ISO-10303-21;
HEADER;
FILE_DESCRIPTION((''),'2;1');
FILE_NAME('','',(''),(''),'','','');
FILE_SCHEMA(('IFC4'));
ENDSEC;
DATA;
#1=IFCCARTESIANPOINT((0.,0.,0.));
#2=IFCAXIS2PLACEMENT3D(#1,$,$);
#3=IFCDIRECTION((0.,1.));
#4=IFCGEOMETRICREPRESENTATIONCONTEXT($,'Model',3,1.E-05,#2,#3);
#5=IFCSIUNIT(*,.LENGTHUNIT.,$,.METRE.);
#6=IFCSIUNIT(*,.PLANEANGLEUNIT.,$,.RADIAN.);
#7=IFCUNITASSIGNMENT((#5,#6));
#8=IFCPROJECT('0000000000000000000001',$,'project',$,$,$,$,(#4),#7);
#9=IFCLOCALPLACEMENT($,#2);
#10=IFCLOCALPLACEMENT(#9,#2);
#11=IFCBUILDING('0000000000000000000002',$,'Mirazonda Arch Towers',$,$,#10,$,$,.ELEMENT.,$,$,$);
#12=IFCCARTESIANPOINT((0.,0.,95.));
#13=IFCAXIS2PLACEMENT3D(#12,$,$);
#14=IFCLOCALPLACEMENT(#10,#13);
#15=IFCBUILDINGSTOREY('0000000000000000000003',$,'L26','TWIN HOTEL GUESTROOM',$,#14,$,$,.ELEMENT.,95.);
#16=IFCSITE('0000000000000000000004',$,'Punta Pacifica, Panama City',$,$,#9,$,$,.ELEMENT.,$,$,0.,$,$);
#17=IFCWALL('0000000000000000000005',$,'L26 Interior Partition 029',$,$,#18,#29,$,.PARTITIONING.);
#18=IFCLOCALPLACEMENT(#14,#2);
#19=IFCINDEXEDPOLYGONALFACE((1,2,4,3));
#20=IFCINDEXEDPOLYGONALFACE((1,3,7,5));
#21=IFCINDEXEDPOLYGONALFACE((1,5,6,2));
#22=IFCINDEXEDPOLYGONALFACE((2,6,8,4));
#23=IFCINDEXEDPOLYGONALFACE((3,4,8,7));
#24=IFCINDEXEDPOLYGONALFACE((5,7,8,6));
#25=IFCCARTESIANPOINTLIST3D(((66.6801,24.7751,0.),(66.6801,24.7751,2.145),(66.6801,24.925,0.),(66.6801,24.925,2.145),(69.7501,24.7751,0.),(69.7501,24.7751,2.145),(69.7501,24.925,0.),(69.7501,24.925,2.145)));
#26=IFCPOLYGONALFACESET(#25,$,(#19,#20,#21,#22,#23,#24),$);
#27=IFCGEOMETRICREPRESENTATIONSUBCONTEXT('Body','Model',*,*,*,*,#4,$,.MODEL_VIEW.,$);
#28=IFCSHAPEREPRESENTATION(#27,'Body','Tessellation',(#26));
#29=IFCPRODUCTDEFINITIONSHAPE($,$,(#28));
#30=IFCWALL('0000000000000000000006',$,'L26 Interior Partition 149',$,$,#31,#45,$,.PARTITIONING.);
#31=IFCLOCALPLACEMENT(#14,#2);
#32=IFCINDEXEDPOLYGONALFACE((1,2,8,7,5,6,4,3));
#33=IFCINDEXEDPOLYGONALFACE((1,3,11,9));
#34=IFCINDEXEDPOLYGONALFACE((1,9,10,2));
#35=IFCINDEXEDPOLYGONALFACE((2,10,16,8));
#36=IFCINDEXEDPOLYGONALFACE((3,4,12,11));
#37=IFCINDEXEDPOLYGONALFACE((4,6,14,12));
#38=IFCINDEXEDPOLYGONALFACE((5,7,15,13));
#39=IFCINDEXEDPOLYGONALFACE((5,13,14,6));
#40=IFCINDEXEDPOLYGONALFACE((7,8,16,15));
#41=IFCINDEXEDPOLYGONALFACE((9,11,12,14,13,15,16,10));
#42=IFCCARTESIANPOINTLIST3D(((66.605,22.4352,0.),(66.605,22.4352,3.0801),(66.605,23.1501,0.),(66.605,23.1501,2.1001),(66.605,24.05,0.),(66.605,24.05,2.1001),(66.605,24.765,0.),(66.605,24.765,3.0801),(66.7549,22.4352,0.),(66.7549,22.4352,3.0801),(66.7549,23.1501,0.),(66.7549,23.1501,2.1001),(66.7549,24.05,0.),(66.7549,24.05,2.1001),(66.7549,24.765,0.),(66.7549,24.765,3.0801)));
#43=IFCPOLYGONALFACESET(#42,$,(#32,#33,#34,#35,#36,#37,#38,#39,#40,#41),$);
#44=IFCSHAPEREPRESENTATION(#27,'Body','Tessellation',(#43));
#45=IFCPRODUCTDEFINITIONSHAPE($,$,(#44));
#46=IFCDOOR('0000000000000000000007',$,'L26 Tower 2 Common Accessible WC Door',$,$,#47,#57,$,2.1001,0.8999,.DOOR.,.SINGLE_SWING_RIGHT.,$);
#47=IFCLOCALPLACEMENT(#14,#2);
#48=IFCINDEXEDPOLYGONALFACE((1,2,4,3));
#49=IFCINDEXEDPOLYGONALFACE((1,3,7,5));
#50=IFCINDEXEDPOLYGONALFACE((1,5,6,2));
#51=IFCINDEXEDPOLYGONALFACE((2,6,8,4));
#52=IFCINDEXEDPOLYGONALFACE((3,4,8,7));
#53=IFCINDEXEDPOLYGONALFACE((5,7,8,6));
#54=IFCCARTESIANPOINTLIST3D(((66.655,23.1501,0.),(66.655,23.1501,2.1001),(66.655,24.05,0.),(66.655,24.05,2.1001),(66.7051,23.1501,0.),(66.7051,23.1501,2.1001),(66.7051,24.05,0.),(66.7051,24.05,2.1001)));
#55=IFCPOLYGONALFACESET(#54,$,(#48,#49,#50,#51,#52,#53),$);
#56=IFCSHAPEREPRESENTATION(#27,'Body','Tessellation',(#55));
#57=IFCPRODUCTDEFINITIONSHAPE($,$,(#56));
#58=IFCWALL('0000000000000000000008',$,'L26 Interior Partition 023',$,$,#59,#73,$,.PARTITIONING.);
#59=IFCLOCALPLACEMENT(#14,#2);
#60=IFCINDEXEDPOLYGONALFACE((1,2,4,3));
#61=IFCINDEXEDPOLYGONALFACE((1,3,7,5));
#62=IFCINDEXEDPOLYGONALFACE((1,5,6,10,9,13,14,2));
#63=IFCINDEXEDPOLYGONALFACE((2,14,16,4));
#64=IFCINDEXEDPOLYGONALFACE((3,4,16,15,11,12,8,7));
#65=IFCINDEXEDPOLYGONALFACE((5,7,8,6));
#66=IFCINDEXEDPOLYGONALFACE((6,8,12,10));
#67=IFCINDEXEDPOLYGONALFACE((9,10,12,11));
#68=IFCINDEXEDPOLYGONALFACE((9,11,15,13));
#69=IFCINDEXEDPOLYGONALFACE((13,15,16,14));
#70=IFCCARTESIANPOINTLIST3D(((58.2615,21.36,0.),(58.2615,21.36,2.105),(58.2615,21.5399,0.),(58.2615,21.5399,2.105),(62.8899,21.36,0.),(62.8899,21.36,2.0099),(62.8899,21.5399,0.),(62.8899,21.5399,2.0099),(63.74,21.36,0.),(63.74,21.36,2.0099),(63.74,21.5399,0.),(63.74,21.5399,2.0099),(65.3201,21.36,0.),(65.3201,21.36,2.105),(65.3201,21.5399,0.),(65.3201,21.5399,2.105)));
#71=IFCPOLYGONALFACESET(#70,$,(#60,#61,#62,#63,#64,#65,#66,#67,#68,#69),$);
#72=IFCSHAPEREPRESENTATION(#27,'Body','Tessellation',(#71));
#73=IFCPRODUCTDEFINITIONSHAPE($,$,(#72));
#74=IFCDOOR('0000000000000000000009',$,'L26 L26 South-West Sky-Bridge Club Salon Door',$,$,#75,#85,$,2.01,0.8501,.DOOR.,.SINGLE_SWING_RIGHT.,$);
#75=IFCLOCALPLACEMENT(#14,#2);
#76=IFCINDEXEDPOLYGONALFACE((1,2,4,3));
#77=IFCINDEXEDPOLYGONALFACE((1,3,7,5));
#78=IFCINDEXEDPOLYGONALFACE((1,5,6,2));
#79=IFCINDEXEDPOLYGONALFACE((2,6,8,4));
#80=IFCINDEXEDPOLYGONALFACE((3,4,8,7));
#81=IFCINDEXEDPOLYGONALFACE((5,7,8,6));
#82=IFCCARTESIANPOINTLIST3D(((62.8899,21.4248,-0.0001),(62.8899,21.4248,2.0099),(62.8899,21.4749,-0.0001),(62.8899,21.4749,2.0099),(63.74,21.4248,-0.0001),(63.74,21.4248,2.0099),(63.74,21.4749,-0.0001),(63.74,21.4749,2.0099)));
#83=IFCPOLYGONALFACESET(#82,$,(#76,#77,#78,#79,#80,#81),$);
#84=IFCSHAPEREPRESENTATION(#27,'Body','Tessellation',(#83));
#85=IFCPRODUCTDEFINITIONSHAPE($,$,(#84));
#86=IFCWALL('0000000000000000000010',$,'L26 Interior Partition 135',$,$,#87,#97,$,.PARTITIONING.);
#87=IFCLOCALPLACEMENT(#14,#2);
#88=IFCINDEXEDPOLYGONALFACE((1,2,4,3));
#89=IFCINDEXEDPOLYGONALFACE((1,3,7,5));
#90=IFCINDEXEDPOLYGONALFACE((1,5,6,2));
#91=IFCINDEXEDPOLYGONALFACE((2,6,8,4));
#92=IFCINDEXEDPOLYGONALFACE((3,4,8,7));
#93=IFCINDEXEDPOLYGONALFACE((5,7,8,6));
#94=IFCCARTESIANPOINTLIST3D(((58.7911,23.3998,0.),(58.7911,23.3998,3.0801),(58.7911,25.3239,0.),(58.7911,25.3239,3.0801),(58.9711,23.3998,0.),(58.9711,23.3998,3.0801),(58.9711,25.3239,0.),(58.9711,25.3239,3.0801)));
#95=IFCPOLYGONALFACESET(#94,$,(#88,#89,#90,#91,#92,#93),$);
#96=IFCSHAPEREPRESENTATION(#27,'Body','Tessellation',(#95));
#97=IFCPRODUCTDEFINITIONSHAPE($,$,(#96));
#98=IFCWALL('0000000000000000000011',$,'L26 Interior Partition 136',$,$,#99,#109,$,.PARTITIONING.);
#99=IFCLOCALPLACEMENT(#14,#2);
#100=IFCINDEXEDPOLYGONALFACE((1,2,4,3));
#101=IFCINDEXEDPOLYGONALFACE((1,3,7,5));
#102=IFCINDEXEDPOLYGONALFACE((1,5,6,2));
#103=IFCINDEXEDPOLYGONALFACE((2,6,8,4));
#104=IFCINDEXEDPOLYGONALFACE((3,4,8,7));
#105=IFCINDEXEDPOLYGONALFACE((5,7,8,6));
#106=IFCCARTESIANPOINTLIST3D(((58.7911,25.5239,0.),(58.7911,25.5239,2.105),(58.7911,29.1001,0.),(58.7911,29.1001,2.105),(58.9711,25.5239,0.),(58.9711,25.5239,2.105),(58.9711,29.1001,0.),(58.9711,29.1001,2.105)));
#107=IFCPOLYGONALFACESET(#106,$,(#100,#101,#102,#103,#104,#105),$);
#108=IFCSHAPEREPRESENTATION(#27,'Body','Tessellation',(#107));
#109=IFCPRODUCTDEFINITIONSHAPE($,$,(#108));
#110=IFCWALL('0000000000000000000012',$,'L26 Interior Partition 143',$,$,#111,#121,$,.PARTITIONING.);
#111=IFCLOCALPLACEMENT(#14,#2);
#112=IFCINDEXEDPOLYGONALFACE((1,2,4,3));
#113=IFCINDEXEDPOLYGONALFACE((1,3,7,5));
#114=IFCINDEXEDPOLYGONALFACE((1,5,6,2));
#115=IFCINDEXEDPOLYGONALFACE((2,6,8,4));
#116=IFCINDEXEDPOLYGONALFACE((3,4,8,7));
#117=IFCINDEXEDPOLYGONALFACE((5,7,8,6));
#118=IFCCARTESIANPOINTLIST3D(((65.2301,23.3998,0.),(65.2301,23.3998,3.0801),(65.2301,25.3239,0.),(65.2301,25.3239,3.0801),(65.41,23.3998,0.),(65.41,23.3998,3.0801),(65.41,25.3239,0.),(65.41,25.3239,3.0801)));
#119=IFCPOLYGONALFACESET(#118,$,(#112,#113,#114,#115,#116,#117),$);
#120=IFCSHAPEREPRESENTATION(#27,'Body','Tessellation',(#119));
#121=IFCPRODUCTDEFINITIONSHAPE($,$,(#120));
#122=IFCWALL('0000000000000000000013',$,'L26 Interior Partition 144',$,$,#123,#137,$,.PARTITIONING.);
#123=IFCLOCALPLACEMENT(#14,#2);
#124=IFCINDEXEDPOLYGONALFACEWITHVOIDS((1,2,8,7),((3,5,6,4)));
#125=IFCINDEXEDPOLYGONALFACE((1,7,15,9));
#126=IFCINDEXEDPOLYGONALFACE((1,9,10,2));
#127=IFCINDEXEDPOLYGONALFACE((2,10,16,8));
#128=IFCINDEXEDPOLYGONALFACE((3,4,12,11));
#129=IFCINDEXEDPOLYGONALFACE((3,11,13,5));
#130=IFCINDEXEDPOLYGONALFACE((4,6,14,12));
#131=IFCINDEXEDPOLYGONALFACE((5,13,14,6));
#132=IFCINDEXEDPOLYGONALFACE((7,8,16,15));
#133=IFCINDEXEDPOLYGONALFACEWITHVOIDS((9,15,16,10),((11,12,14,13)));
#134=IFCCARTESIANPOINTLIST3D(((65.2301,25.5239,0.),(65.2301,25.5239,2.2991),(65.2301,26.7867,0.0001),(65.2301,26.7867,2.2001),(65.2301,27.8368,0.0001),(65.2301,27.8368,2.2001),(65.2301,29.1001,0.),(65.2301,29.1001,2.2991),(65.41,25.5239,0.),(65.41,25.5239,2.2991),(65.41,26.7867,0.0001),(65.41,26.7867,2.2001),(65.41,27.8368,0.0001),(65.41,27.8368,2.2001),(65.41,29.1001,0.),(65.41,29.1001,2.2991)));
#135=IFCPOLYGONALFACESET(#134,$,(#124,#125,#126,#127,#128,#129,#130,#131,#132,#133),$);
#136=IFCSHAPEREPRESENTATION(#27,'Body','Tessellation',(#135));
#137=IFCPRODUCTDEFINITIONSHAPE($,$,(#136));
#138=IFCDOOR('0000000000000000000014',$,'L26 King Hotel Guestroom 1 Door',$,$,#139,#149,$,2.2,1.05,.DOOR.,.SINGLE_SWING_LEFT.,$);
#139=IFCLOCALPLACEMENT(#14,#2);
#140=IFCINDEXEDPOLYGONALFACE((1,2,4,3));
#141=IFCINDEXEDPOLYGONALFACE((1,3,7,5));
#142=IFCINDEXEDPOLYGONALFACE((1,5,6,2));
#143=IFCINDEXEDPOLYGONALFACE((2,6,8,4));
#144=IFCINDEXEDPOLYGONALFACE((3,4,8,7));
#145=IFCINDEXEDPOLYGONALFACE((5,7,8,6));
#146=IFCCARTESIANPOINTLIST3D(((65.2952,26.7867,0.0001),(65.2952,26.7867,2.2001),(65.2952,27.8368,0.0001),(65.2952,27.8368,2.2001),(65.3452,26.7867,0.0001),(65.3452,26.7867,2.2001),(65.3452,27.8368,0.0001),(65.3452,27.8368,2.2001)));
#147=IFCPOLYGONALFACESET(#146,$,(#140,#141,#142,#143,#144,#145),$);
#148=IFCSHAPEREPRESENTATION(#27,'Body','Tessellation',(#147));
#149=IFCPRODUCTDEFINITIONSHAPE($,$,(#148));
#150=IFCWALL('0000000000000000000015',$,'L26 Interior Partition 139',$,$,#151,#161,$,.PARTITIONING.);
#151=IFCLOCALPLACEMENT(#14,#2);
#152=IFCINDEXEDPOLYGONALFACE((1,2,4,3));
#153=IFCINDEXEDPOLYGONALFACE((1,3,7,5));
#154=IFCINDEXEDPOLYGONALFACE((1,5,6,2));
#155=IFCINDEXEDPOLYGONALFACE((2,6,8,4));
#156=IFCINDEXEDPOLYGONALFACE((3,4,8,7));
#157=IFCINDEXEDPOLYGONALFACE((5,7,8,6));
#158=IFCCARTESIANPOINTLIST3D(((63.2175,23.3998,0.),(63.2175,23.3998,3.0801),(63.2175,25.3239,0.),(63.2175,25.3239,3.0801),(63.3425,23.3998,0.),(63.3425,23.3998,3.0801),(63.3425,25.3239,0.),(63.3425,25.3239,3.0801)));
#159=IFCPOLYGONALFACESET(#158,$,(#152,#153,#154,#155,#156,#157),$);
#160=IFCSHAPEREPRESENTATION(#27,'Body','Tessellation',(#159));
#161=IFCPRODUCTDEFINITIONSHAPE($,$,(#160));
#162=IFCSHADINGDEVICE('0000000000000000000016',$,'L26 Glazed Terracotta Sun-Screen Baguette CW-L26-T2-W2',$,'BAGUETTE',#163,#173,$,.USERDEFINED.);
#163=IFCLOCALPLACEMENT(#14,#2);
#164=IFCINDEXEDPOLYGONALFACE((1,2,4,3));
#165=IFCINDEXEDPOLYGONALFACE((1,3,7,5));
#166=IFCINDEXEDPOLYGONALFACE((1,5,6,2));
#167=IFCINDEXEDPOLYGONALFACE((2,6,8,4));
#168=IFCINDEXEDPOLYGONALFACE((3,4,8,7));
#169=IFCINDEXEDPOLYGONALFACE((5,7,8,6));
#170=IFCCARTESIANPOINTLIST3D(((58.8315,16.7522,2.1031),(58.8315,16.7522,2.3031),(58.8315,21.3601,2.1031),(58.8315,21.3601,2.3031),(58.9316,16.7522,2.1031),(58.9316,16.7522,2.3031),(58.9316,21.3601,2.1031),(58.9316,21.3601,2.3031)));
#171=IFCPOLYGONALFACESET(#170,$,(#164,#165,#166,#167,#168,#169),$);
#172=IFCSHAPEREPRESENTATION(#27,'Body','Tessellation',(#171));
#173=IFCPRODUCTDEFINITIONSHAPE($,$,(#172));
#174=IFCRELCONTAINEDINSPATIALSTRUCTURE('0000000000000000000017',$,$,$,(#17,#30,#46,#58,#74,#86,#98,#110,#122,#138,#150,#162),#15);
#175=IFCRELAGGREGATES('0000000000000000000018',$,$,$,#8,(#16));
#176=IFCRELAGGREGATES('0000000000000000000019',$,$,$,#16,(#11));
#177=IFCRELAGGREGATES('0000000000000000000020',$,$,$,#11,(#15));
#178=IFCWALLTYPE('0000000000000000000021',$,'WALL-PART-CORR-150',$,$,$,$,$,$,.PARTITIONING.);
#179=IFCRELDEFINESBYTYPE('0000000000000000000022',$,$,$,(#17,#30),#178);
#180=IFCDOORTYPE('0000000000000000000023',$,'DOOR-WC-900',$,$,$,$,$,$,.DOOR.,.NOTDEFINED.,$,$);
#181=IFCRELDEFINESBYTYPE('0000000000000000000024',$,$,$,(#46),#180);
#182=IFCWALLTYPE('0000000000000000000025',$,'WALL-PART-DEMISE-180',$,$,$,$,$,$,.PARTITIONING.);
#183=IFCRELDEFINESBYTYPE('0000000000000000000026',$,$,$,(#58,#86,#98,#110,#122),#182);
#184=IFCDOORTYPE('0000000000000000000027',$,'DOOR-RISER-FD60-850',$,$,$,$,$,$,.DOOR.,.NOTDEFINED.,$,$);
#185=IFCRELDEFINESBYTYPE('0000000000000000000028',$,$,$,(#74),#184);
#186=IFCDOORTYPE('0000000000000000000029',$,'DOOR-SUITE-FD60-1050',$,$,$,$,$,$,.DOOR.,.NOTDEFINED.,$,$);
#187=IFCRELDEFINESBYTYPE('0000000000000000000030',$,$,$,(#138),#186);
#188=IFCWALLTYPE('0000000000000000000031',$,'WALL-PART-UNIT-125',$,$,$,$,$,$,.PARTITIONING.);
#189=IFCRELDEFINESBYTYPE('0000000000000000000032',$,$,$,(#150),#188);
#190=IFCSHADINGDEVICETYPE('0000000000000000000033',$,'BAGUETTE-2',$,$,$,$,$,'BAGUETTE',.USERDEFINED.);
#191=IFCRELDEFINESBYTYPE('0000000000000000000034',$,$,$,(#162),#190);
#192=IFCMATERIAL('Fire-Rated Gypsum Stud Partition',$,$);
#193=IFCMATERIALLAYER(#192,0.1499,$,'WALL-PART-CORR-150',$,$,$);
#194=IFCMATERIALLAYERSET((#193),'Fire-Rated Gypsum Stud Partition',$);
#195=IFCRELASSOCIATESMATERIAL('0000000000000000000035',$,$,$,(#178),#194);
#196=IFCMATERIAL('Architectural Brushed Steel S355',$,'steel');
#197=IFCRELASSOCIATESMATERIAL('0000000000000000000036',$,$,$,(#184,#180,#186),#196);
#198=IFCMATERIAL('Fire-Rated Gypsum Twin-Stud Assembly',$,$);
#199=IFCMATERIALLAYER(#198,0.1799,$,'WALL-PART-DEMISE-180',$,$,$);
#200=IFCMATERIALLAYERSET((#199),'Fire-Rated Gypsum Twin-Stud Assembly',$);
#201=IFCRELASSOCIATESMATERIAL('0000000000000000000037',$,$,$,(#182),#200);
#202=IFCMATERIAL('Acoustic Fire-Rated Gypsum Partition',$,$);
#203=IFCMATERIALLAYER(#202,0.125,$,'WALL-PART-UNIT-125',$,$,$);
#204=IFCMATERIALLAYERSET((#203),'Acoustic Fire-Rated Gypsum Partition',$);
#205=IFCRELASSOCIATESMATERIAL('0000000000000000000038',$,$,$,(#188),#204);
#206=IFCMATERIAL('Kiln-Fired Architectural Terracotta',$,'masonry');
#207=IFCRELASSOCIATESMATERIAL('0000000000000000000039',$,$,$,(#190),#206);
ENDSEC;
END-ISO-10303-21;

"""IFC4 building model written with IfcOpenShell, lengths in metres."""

from ifc_helpers import new_model, si_unit, direction, frame, frame_2d, origin, origin_2d, place, context, subcontext, project, spatial, rectangle, extrude, material, layer, layer_set, material_profile, profile_set, type_object, element, fill, save


model = new_model("IFC4")

# Units and contexts
model_context = context("Model", 3, precision=1e-05, world=origin(), true_north=direction((0.0, 1.0)))
body_context = subcontext(model_context, "Body", "Model", "MODEL_VIEW")
ifc_project = project(units=[si_unit("LENGTHUNIT", "METRE"), si_unit("PLANEANGLEUNIT", "RADIAN")], contexts=[model_context])

# Site, building, storey
site_placement = place(None, origin())
site = spatial("IfcSite", under=ifc_project, at=site_placement, Name="Punta Pacifica, Panama City", CompositionType="ELEMENT", RefElevation=0.0)
building_placement = place(site_placement, origin())
building = spatial("IfcBuilding", under=site, at=building_placement, Name="Mirazonda Arch Towers", CompositionType="ELEMENT")
storey_placement = place(building_placement, frame((0.0, 0.0, 95.0)))
storey = spatial("IfcBuildingStorey", under=building, at=storey_placement, Name="L26", Description="TWIN HOTEL GUESTROOM", CompositionType="ELEMENT", Elevation=95.0)

# Shared definitions
ifc_material_1 = material(Name="Fire-Rated Gypsum Stud Partition")
ifc_layer_1 = layer(ifc_material_1, 0.1499, Name="WALL-PART-CORR-150")
ifc_layer_set_1 = layer_set([ifc_layer_1], Name="Fire-Rated Gypsum Stud Partition")
wall_type_1 = type_object("IfcWallType", Name="WALL-PART-CORR-150", PredefinedType="PARTITIONING", material=ifc_layer_set_1)
ifc_material_2 = material(Name="Architectural Brushed Steel S355", Category="steel")
door_type_1 = type_object("IfcDoorType", Name="DOOR-RISER-FD60-850", OperationType="NOTDEFINED", PredefinedType="DOOR", material=ifc_material_2)

# Wall
wall_1_placement = place(storey_placement, frame((66.6799, 24.8501, 0.0), z_axis=(0.0, 0.0, 1.0), x_axis=(1.0, 0.0, 0.0)))
element("IfcWall", 1, at=wall_1_placement, inside=storey, type_object=wall_type_1, Name="L26 Interior Partition 029", PredefinedType="PARTITIONING", context=body_context, shape_type="SweptSolid", body=[
    extrude(rectangle(XDim=3.0701, YDim=0.1499, at=frame_2d((1.5352, 0.0))), origin(), (0.0, 0.0, 1.0), 2.145),
])

# Walls, openings, doors
wall_2_placement = place(storey_placement, frame((66.6799, 22.4351, 0.0), z_axis=(0.0, 0.0, 1.0), x_axis=(0.0, 1.0, 0.0)))
wall_2 = element("IfcWall", 2, at=wall_2_placement, inside=storey, type_object=wall_type_1, Name="L26 Interior Partition 149", PredefinedType="PARTITIONING", context=body_context, shape_type="SweptSolid", body=[
    extrude(rectangle(XDim=2.3298, YDim=0.1499, at=frame_2d((1.165, 0.0))), origin(), (0.0, 0.0, 1.0), 3.0801),
])
opening_1_placement = place(wall_2_placement, frame((0.7151, 0.0, 0.0)))
opening_1 = element("IfcOpeningElement", 3, at=opening_1_placement, cuts=wall_2, PredefinedType="OPENING", context=body_context, shape_type="SweptSolid", body=[
    extrude(rectangle(XDim=0.8999, YDim=2.1001, at=frame_2d((0.45, 1.05))), frame((0.0, 0.085, 0.0), z_axis=(0.0, -1.0, 0.0), x_axis=(1.0, 0.0, 0.0)), (0.0, 0.0, 1.0), 0.1699),
])
door_type_2 = type_object("IfcDoorType", Name="DOOR-WC-900", OperationType="NOTDEFINED", PredefinedType="DOOR", material=ifc_material_2)
door_1_placement = place(opening_1_placement, origin())
door_1 = element("IfcDoor", 4, at=door_1_placement, inside=storey, type_object=door_type_2, Name="L26 Tower 2 Common Accessible WC Door", OperationType="SINGLE_SWING_RIGHT", OverallHeight=2.1001, OverallWidth=0.8999, PredefinedType="DOOR", context=body_context, shape_type="SweptSolid", body=[
    extrude(rectangle(XDim=0.8999, YDim=2.1001, at=frame_2d((0.45, 1.05))), frame((0.0, 0.0249, 0.0), z_axis=(0.0, -1.0, 0.0), x_axis=(1.0, 0.0, 0.0)), (0.0, 0.0, 1.0), 0.05),
])
fill(opening_1, door_1)
ifc_material_3 = material(Name="Fire-Rated Gypsum Twin-Stud Assembly")
ifc_layer_2 = layer(ifc_material_3, 0.1799, Name="WALL-PART-DEMISE-180")
ifc_layer_set_2 = layer_set([ifc_layer_2], Name="Fire-Rated Gypsum Twin-Stud Assembly")
wall_type_2 = type_object("IfcWallType", Name="WALL-PART-DEMISE-180", PredefinedType="PARTITIONING", material=ifc_layer_set_2)
wall_3_placement = place(storey_placement, frame((58.2615, 21.45, 0.0), z_axis=(0.0, 0.0, 1.0), x_axis=(1.0, 0.0, 0.0)))
wall_3 = element("IfcWall", 5, at=wall_3_placement, inside=storey, type_object=wall_type_2, Name="L26 Interior Partition 023", PredefinedType="PARTITIONING", context=body_context, shape_type="SweptSolid", body=[
    extrude(rectangle(XDim=7.0586, YDim=0.1799, at=frame_2d((3.5293, 0.0))), origin(), (0.0, 0.0, 1.0), 2.105),
])
opening_2_placement = place(wall_3_placement, frame((4.6284, 0.0, 0.0)))
opening_2 = element("IfcOpeningElement", 6, at=opening_2_placement, cuts=wall_3, PredefinedType="OPENING", context=body_context, shape_type="SweptSolid", body=[
    extrude(rectangle(XDim=0.8501, YDim=2.01, at=frame_2d((0.425, 1.0049))), frame((0.0, 0.0999, 0.0), z_axis=(0.0, -1.0, 0.0), x_axis=(1.0, 0.0, 0.0)), (0.0, 0.0, 1.0), 0.2),
])
door_2_placement = place(opening_2_placement, origin())
door_2 = element("IfcDoor", 7, at=door_2_placement, inside=storey, type_object=door_type_1, Name="L26 L26 South-West Sky-Bridge Club Salon Door", OperationType="SINGLE_SWING_RIGHT", OverallHeight=2.01, OverallWidth=0.8501, PredefinedType="DOOR", context=body_context, shape_type="SweptSolid", body=[
    extrude(rectangle(XDim=0.8501, YDim=2.01, at=frame_2d((0.425, 1.0049))), frame((0.0, 0.0249, 0.0), z_axis=(0.0, -1.0, 0.0), x_axis=(1.0, 0.0, 0.0)), (0.0, 0.0, 1.0), 0.05),
])
fill(opening_2, door_2)

# Walls
wall_4_placement = place(storey_placement, frame((58.8811, 23.3999, 0.0), z_axis=(0.0, 0.0, 1.0), x_axis=(0.0, 1.0, 0.0)))
element("IfcWall", 8, at=wall_4_placement, inside=storey, type_object=wall_type_2, Name="L26 Interior Partition 135", PredefinedType="PARTITIONING", context=body_context, shape_type="SweptSolid", body=[
    extrude(rectangle(XDim=1.9241, YDim=0.1799, at=frame_2d((0.9619, 0.0))), origin(), (0.0, 0.0, 1.0), 3.0801),
])
wall_5_placement = place(storey_placement, frame((58.8811, 25.5239, 0.0), z_axis=(0.0, 0.0, 1.0), x_axis=(0.0, 1.0, 0.0)))
element("IfcWall", 9, at=wall_5_placement, inside=storey, type_object=wall_type_2, Name="L26 Interior Partition 136", PredefinedType="PARTITIONING", context=body_context, shape_type="SweptSolid", body=[
    extrude(rectangle(XDim=3.5762, YDim=0.1799, at=frame_2d((1.7881, 0.0))), origin(), (0.0, 0.0, 1.0), 2.105),
])
wall_6_placement = place(storey_placement, frame((65.3201, 23.3999, 0.0), z_axis=(0.0, 0.0, 1.0), x_axis=(0.0, 1.0, 0.0)))
element("IfcWall", 10, at=wall_6_placement, inside=storey, type_object=wall_type_2, Name="L26 Interior Partition 143", PredefinedType="PARTITIONING", context=body_context, shape_type="SweptSolid", body=[
    extrude(rectangle(XDim=1.9241, YDim=0.1799, at=frame_2d((0.9619, 0.0))), origin(), (0.0, 0.0, 1.0), 3.0801),
])

# Wall, opening, door
wall_7_placement = place(storey_placement, frame((65.3201, 25.5239, 0.0), z_axis=(0.0, 0.0, 1.0), x_axis=(0.0, 1.0, 0.0)))
wall_7 = element("IfcWall", 11, at=wall_7_placement, inside=storey, type_object=wall_type_2, Name="L26 Interior Partition 144", PredefinedType="PARTITIONING", context=body_context, shape_type="SweptSolid", body=[
    extrude(rectangle(XDim=3.5762, YDim=0.1799, at=frame_2d((1.7881, 0.0))), origin(), (0.0, 0.0, 1.0), 2.2991),
])
opening_3_placement = place(wall_7_placement, frame((1.2629, 0.0, 0.0)))
opening_3 = element("IfcOpeningElement", 12, at=opening_3_placement, cuts=wall_7, PredefinedType="OPENING", context=body_context, shape_type="SweptSolid", body=[
    extrude(rectangle(XDim=1.05, YDim=2.2, at=frame_2d((0.5249, 1.1001))), frame((0.0, 0.0999, 0.0), z_axis=(0.0, -1.0, 0.0), x_axis=(1.0, 0.0, 0.0)), (0.0, 0.0, 1.0), 0.2),
])
door_type_3 = type_object("IfcDoorType", Name="DOOR-SUITE-FD60-1050", OperationType="NOTDEFINED", PredefinedType="DOOR", material=ifc_material_2)
door_3_placement = place(opening_3_placement, origin())
door_3 = element("IfcDoor", 13, at=door_3_placement, inside=storey, type_object=door_type_3, Name="L26 King Hotel Guestroom 1 Door", OperationType="SINGLE_SWING_LEFT", OverallHeight=2.2, OverallWidth=1.05, PredefinedType="DOOR", context=body_context, shape_type="SweptSolid", body=[
    extrude(rectangle(XDim=1.05, YDim=2.2, at=frame_2d((0.5249, 1.1001))), frame((0.0, 0.0249, 0.0), z_axis=(0.0, -1.0, 0.0), x_axis=(1.0, 0.0, 0.0)), (0.0, 0.0, 1.0), 0.05),
])
fill(opening_3, door_3)

# Wall
ifc_material_4 = material(Name="Acoustic Fire-Rated Gypsum Partition")
ifc_layer_3 = layer(ifc_material_4, 0.125, Name="WALL-PART-UNIT-125")
ifc_layer_set_3 = layer_set([ifc_layer_3], Name="Acoustic Fire-Rated Gypsum Partition")
wall_type_3 = type_object("IfcWallType", Name="WALL-PART-UNIT-125", PredefinedType="PARTITIONING", material=ifc_layer_set_3)
wall_8_placement = place(storey_placement, frame((63.28, 23.3999, 0.0), z_axis=(0.0, 0.0, 1.0), x_axis=(0.0, 1.0, 0.0)))
element("IfcWall", 14, at=wall_8_placement, inside=storey, type_object=wall_type_3, Name="L26 Interior Partition 139", PredefinedType="PARTITIONING", context=body_context, shape_type="SweptSolid", body=[
    extrude(rectangle(XDim=1.9241, YDim=0.125, at=frame_2d((0.9619, 0.0))), origin(), (0.0, 0.0, 1.0), 3.0801),
])

# Shading device
ifc_material_5 = material(Name="Kiln-Fired Architectural Terracotta", Category="masonry")
ifc_material_profile_1 = material_profile(ifc_material_5, rectangle(XDim=0.1001, YDim=0.2, at=origin_2d()), Name="TERRA-BAG-100x200")
ifc_profile_set_1 = profile_set([ifc_material_profile_1], Name="Kiln-Fired Architectural Terracotta")
shading_device_type = type_object("IfcShadingDeviceType", Name="BAGUETTE-2", ElementType="BAGUETTE", PredefinedType="USERDEFINED", material=ifc_profile_set_1)
shading_device_1_placement = place(storey_placement, frame((58.8816, 21.3601, 2.2031), z_axis=(0.0, -1.0, 0.0), x_axis=(1.0, 0.0, 0.0)))
element("IfcShadingDevice", 15, at=shading_device_1_placement, inside=storey, type_object=shading_device_type, Name="L26 Glazed Terracotta Sun-Screen Baguette CW-L26-T2-W2", ObjectType="BAGUETTE", PredefinedType="USERDEFINED", context=body_context, shape_type="SweptSolid", body=[
    extrude(rectangle(XDim=0.1001, YDim=0.2, at=origin_2d()), origin(), (0.0, 0.0, 1.0), 4.6079),
])

save(model, "model.ifc")
